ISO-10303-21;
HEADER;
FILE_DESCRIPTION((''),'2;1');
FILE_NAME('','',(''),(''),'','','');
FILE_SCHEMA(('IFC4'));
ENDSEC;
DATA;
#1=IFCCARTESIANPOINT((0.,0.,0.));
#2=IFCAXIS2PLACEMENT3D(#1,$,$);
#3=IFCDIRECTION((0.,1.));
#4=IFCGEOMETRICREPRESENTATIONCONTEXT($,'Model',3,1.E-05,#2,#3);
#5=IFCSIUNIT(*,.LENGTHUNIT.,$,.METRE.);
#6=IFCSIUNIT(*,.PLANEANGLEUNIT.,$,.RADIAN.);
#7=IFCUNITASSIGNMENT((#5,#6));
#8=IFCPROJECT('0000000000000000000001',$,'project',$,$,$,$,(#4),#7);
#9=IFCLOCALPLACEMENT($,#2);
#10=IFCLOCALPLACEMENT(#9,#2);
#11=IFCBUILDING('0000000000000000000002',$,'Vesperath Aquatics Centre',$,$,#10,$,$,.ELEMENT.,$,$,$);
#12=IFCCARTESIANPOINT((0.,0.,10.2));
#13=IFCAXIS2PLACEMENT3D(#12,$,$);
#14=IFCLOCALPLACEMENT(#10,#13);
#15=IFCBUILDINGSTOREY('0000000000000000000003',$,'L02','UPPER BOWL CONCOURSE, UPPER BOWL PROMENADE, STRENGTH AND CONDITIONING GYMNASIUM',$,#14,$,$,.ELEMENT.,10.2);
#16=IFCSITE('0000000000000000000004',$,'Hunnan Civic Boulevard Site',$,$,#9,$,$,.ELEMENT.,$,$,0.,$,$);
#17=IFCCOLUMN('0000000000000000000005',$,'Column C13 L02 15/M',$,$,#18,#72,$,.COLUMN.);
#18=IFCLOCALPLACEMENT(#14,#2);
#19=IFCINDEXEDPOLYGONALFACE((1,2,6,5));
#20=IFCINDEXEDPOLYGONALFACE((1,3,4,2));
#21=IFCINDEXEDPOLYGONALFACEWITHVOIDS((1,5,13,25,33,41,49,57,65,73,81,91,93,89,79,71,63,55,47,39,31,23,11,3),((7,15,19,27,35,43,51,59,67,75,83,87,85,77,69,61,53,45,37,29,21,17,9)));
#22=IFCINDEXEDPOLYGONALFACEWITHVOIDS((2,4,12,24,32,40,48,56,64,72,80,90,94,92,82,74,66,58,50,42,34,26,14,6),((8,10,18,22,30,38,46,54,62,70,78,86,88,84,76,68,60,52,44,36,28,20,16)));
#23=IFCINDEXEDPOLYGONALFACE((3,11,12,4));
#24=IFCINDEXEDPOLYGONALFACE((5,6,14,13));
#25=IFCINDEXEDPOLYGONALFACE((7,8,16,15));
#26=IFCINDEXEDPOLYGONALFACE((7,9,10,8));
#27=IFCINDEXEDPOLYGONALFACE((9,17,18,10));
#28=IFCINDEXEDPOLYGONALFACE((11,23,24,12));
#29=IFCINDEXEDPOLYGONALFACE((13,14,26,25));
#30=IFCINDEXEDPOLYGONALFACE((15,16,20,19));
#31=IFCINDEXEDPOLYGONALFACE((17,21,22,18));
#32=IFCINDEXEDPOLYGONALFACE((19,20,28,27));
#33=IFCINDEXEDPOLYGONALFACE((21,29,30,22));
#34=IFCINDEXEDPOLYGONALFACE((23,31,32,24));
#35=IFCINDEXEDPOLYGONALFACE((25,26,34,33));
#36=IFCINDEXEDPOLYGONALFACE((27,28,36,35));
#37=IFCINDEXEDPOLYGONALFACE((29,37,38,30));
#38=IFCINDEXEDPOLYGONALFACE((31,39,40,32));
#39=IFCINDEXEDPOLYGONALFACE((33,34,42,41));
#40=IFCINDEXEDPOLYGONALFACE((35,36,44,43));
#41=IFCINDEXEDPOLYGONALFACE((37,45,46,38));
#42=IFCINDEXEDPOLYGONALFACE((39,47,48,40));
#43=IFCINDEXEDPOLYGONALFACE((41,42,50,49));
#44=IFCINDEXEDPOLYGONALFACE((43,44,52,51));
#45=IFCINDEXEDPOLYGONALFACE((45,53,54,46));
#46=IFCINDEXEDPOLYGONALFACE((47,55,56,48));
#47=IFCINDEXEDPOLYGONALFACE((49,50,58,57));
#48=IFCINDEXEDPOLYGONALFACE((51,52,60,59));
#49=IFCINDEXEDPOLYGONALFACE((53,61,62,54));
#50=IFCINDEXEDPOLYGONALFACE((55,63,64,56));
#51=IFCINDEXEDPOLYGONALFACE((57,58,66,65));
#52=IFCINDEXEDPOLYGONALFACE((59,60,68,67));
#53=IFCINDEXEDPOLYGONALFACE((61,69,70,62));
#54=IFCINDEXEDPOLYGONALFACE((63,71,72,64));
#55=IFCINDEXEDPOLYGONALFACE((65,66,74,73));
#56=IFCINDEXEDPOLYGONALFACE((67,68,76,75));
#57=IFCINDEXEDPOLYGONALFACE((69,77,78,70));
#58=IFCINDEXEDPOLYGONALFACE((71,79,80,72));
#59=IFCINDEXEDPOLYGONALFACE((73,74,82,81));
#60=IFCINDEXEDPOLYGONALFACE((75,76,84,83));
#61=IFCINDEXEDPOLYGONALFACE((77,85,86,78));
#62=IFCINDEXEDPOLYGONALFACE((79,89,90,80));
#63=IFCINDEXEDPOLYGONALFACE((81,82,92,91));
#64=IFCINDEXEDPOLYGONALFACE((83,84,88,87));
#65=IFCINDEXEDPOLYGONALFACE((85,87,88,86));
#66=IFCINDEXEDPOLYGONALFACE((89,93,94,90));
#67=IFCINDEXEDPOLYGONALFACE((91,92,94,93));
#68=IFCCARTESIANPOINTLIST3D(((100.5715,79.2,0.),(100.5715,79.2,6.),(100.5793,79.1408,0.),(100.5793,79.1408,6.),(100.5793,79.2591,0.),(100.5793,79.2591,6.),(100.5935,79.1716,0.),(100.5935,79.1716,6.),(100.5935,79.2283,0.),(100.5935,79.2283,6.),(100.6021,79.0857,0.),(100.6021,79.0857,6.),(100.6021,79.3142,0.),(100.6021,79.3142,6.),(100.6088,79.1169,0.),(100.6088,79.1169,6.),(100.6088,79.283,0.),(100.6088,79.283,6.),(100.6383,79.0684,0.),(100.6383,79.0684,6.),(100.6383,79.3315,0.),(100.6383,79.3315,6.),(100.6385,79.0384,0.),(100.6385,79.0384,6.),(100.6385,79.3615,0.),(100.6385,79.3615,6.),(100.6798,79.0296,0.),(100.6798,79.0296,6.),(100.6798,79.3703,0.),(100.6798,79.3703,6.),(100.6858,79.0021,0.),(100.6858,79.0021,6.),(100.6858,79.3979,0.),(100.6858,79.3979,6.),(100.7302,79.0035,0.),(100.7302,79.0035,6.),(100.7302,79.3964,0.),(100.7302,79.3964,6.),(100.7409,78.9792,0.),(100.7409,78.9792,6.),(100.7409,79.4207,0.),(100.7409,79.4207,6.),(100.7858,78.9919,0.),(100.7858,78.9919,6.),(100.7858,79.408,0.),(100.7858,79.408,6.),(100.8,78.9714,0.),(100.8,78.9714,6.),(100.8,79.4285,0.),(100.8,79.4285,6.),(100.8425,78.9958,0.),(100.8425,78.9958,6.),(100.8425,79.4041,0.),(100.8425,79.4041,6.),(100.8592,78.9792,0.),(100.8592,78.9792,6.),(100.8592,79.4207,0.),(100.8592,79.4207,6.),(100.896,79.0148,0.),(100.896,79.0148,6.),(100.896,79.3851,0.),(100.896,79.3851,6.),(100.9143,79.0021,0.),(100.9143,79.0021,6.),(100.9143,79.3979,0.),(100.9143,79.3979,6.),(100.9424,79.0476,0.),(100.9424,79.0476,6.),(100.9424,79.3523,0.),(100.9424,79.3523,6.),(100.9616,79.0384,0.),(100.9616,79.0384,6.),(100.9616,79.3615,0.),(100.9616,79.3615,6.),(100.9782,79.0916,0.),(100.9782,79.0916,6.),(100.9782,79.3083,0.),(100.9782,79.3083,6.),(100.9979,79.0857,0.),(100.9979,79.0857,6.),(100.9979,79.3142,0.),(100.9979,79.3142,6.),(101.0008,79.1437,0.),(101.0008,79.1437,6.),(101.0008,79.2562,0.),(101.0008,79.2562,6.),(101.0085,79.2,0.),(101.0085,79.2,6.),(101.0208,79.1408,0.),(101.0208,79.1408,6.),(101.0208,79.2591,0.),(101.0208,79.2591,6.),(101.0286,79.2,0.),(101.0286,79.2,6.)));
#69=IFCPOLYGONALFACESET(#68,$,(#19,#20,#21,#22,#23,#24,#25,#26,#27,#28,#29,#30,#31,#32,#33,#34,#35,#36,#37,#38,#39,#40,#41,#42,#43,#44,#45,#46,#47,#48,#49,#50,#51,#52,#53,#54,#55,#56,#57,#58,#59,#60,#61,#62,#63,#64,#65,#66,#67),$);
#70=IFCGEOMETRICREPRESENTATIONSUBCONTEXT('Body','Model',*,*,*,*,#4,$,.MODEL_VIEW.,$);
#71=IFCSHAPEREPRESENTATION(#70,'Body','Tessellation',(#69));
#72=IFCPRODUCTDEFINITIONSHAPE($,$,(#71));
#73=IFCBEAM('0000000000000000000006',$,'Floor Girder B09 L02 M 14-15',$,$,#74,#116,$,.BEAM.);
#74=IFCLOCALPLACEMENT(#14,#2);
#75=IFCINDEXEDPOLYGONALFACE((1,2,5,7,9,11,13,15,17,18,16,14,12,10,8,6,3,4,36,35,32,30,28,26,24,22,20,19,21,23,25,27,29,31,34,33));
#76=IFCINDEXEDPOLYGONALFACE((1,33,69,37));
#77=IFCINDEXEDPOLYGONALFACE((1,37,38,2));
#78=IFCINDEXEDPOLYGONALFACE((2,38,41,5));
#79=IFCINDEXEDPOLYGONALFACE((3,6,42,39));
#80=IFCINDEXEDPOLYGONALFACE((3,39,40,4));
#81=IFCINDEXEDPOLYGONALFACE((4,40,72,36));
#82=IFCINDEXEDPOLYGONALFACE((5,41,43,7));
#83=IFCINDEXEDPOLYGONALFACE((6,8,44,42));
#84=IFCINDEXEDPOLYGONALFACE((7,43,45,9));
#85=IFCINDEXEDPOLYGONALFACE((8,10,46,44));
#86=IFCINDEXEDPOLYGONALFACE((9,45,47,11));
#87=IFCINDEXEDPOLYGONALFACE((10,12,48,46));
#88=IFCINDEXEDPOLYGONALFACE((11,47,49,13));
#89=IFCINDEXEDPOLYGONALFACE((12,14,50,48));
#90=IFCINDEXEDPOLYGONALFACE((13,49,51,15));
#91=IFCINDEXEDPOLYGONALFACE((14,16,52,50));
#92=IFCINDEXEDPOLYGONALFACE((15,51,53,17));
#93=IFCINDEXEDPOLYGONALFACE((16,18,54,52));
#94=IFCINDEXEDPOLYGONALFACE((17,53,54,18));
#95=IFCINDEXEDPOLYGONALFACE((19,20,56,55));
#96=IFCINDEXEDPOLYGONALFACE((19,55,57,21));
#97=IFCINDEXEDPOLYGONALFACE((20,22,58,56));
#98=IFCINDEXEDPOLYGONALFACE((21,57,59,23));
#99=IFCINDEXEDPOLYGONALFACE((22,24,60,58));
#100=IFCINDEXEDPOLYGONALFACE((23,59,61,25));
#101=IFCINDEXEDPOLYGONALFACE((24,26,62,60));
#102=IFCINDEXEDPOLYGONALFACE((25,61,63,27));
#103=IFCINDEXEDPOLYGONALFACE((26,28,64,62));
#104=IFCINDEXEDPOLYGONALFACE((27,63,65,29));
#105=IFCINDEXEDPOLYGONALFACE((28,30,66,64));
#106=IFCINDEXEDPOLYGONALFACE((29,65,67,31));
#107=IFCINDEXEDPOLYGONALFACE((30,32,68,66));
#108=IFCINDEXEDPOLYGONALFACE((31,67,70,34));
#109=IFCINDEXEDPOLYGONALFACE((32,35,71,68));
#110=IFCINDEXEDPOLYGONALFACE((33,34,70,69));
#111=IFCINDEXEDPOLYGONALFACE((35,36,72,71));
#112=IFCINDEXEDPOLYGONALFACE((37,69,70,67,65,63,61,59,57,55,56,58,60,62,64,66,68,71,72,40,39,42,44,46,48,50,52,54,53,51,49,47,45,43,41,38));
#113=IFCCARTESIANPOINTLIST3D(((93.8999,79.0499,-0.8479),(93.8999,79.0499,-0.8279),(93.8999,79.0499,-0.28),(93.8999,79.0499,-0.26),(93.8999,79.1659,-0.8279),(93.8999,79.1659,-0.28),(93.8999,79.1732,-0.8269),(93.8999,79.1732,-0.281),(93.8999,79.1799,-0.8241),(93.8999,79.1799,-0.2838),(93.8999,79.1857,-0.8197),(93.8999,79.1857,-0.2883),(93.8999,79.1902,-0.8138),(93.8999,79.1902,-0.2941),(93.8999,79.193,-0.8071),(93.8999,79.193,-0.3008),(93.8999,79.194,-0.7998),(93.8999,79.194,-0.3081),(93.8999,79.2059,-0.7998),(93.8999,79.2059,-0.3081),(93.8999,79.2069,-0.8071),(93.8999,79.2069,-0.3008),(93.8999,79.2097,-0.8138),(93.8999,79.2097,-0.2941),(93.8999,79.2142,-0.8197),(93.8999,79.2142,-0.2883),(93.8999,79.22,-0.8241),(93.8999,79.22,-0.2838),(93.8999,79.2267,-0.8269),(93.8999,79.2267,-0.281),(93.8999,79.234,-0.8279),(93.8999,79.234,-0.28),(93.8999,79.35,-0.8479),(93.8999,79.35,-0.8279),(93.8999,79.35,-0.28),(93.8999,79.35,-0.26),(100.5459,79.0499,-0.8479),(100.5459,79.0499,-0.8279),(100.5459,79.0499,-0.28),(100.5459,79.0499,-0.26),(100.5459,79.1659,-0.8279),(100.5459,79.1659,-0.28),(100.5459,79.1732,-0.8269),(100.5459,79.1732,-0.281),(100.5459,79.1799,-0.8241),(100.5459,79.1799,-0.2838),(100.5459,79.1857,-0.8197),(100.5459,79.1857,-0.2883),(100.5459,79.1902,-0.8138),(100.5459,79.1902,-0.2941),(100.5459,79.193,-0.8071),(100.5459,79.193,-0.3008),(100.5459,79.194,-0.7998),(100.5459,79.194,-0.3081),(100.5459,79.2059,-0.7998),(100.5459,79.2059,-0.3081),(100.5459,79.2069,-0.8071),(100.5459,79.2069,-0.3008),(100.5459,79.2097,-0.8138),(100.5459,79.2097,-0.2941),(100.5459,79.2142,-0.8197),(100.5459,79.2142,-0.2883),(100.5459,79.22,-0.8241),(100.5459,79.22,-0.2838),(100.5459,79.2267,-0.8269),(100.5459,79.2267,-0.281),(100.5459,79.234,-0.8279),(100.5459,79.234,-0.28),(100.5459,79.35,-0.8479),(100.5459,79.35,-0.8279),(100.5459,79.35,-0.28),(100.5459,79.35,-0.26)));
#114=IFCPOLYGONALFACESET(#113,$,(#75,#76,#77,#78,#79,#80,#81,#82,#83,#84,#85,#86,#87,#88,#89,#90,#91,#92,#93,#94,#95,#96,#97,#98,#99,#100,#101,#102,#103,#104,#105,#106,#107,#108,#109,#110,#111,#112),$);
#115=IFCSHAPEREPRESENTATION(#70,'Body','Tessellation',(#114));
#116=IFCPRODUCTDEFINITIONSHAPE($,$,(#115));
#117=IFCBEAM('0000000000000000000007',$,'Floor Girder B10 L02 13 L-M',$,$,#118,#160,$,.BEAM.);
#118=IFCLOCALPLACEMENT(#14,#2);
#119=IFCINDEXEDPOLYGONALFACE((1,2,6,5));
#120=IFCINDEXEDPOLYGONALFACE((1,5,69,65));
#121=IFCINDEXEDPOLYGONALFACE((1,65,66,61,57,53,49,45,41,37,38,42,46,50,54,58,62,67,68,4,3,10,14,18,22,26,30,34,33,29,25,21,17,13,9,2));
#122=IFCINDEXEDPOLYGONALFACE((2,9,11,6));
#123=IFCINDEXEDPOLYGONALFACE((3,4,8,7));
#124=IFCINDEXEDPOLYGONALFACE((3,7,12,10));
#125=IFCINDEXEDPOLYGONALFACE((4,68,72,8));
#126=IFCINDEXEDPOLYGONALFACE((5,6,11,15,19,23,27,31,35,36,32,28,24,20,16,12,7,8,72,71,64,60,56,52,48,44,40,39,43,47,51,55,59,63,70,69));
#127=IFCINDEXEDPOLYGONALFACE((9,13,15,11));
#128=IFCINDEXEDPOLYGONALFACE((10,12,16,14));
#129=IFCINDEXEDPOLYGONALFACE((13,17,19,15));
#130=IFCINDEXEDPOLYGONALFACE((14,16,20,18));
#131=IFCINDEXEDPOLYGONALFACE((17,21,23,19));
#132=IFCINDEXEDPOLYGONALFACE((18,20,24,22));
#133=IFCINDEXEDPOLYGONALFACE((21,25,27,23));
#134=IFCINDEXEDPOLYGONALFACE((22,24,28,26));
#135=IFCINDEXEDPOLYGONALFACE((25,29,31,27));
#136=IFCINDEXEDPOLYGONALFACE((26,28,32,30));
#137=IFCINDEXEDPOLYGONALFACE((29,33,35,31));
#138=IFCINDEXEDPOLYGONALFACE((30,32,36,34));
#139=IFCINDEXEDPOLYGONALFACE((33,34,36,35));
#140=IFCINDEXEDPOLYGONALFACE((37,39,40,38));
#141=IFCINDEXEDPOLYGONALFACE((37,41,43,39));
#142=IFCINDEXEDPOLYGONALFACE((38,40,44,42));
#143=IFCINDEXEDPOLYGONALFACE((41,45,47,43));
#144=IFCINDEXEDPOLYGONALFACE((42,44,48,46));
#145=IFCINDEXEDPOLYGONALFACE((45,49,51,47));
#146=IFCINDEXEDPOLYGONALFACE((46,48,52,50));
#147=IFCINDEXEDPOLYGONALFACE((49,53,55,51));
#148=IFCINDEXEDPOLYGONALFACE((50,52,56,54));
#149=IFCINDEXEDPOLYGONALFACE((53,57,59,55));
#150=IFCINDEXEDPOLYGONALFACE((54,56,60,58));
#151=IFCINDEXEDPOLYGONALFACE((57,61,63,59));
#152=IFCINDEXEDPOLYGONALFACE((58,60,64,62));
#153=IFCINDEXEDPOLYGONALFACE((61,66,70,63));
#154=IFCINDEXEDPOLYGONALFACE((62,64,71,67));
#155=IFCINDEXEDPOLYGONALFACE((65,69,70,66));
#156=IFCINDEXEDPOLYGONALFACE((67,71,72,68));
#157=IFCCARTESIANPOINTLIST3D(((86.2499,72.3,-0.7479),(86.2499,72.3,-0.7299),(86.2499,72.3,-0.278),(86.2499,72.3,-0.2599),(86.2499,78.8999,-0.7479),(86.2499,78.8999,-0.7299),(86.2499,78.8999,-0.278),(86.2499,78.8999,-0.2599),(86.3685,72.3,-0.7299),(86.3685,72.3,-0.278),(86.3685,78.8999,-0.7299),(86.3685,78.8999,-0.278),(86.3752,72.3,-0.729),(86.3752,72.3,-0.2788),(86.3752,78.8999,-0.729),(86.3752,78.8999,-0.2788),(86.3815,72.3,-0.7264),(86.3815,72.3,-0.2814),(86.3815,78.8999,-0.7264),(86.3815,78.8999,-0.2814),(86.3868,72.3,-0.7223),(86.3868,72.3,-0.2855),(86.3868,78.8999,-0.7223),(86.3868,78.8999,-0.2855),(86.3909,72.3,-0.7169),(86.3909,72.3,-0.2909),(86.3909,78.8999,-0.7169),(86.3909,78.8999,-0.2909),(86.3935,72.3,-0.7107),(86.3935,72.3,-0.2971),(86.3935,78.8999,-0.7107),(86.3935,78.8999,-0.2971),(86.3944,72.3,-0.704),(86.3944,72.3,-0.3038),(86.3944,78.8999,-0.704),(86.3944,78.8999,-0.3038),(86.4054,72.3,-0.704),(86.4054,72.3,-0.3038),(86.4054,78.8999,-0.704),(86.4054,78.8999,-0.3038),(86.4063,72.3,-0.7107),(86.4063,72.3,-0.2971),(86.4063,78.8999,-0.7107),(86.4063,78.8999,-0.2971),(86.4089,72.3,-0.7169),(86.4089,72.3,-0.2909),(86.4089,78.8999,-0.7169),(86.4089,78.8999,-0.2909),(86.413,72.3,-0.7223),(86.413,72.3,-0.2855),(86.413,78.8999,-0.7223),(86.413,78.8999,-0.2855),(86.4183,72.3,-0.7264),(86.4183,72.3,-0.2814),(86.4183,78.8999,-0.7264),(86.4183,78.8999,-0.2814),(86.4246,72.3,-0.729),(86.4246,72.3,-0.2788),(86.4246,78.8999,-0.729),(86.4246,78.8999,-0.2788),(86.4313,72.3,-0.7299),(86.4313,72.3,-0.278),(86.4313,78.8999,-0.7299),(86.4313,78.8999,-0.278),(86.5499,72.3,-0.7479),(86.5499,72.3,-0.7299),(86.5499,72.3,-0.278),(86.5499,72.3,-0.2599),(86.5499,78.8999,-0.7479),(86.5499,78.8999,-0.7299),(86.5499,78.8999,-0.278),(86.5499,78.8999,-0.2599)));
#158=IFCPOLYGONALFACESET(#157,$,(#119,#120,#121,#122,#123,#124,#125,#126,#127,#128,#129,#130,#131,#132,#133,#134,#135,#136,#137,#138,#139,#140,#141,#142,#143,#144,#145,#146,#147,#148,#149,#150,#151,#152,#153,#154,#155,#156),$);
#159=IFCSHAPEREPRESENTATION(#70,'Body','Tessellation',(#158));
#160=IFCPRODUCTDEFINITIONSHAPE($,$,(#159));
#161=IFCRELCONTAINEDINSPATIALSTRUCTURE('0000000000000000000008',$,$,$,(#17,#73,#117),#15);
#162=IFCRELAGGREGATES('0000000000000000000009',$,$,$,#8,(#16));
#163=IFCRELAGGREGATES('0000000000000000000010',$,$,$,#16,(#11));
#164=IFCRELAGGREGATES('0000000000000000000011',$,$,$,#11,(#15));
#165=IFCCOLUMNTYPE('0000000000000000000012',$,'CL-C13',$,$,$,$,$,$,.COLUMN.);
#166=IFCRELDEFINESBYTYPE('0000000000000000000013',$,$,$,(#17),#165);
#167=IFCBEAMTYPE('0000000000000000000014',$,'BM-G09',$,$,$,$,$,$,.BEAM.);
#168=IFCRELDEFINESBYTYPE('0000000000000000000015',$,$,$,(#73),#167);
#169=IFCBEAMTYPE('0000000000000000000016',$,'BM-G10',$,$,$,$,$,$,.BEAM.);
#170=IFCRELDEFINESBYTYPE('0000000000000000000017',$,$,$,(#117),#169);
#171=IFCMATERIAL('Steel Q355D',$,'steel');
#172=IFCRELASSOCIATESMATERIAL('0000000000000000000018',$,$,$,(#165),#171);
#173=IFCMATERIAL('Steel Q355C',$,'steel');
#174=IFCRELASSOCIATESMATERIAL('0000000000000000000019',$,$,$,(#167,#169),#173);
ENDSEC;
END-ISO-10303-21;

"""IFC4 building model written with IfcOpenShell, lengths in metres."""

from ifc_helpers import new_model, si_unit, direction, frame, origin, origin_2d, place, context, subcontext, project, spatial, hollow_circle, i_section, extrude, material, material_profile, profile_set, type_object, element, save


model = new_model("IFC4")

# Units and contexts
model_context = context("Model", 3, precision=1e-05, world=origin(), true_north=direction((0.0, 1.0)))
body_context = subcontext(model_context, "Body", "Model", "MODEL_VIEW")
ifc_project = project(units=[si_unit("LENGTHUNIT", "METRE"), si_unit("PLANEANGLEUNIT", "RADIAN")], contexts=[model_context])

# Site, building, storey
site_placement = place(None, origin())
site = spatial("IfcSite", under=ifc_project, at=site_placement, Name="Hunnan Civic Boulevard Site", CompositionType="ELEMENT", RefElevation=0.0)
building_placement = place(site_placement, origin())
building = spatial("IfcBuilding", under=site, at=building_placement, Name="Vesperath Aquatics Centre", CompositionType="ELEMENT")
storey_placement = place(building_placement, frame((0.0, 0.0, 10.2)))
storey = spatial("IfcBuildingStorey", under=building, at=storey_placement, Name="L02", Description="UPPER BOWL CONCOURSE, UPPER BOWL PROMENADE, STRENGTH AND CONDITIONING GYMNASIUM", CompositionType="ELEMENT", Elevation=10.2)

# Column
ifc_material_1 = material(Name="Steel Q355D", Category="steel")
ifc_material_profile_1 = material_profile(ifc_material_1, hollow_circle(Radius=0.2285, WallThickness=0.02, at=origin_2d()), Name="CHS 457.0x20")
ifc_profile_set_1 = profile_set([ifc_material_profile_1], Name="Steel Q355D")
column_type_1 = type_object("IfcColumnType", Name="CL-C13", PredefinedType="COLUMN", material=ifc_profile_set_1)
for number, where, z_axis, x_axis, name in (
    (1, (100.8, 79.2, 0.0), (0.0, 0.0, 1.0), (1.0, 0.0, 0.0), "Column C13 L02 15/M"),
):
    element("IfcColumn", number, at=place(storey_placement, frame(where, z_axis=z_axis, x_axis=x_axis)), inside=storey, type_object=column_type_1, Name=name, PredefinedType="COLUMN", context=body_context, shape_type="SweptSolid", body=[
        extrude(hollow_circle(Radius=0.2285, WallThickness=0.02, at=origin_2d()), origin(), (0.0, 0.0, 1.0), 6.0),
    ])

# Beams
ifc_material_2 = material(Name="Steel Q355C", Category="steel")
ifc_material_profile_2 = material_profile(ifc_material_2, i_section(OverallWidth=0.3, OverallDepth=0.5879, WebThickness=0.012, FlangeThickness=0.02, FilletRadius=0.0281, at=origin_2d()), Name="HM 588x300x12x20")
ifc_profile_set_2 = profile_set([ifc_material_profile_2], Name="Steel Q355C")
beam_type_1 = type_object("IfcBeamType", Name="BM-G09", PredefinedType="BEAM", material=ifc_profile_set_2)
beam_1_placement = place(storey_placement, frame((93.8999, 79.2, -0.554), z_axis=(1.0, 0.0, 0.0), x_axis=(0.0, 1.0, 0.0)))
element("IfcBeam", 2, at=beam_1_placement, inside=storey, type_object=beam_type_1, Name="Floor Girder B09 L02 M 14-15", PredefinedType="BEAM", context=body_context, shape_type="SweptSolid", body=[
    extrude(i_section(OverallWidth=0.3, OverallDepth=0.5879, WebThickness=0.012, FlangeThickness=0.02, FilletRadius=0.0281, at=origin_2d()), origin(), (0.0, 0.0, 1.0), 6.646),
])
ifc_material_profile_3 = material_profile(ifc_material_2, i_section(OverallWidth=0.3, OverallDepth=0.488, WebThickness=0.011, FlangeThickness=0.0181, FilletRadius=0.0259, at=origin_2d()), Name="HM 488x300x11x18")
ifc_profile_set_3 = profile_set([ifc_material_profile_3], Name="Steel Q355C")
beam_type_2 = type_object("IfcBeamType", Name="BM-G10", PredefinedType="BEAM", material=ifc_profile_set_3)
for number, where, z_axis, x_axis, name in (
    (3, (86.3999, 72.3, -0.5039), (0.0, 1.0, 0.0), (-1.0, 0.0, 0.0), "Floor Girder B10 L02 13 L-M"),
):
    element("IfcBeam", number, at=place(storey_placement, frame(where, z_axis=z_axis, x_axis=x_axis)), inside=storey, type_object=beam_type_2, Name=name, PredefinedType="BEAM", context=body_context, shape_type="SweptSolid", body=[
        extrude(i_section(OverallWidth=0.3, OverallDepth=0.488, WebThickness=0.011, FlangeThickness=0.0181, FilletRadius=0.0259, at=origin_2d()), origin(), (0.0, 0.0, 1.0), 6.5999),
    ])

save(model, "model.ifc")
